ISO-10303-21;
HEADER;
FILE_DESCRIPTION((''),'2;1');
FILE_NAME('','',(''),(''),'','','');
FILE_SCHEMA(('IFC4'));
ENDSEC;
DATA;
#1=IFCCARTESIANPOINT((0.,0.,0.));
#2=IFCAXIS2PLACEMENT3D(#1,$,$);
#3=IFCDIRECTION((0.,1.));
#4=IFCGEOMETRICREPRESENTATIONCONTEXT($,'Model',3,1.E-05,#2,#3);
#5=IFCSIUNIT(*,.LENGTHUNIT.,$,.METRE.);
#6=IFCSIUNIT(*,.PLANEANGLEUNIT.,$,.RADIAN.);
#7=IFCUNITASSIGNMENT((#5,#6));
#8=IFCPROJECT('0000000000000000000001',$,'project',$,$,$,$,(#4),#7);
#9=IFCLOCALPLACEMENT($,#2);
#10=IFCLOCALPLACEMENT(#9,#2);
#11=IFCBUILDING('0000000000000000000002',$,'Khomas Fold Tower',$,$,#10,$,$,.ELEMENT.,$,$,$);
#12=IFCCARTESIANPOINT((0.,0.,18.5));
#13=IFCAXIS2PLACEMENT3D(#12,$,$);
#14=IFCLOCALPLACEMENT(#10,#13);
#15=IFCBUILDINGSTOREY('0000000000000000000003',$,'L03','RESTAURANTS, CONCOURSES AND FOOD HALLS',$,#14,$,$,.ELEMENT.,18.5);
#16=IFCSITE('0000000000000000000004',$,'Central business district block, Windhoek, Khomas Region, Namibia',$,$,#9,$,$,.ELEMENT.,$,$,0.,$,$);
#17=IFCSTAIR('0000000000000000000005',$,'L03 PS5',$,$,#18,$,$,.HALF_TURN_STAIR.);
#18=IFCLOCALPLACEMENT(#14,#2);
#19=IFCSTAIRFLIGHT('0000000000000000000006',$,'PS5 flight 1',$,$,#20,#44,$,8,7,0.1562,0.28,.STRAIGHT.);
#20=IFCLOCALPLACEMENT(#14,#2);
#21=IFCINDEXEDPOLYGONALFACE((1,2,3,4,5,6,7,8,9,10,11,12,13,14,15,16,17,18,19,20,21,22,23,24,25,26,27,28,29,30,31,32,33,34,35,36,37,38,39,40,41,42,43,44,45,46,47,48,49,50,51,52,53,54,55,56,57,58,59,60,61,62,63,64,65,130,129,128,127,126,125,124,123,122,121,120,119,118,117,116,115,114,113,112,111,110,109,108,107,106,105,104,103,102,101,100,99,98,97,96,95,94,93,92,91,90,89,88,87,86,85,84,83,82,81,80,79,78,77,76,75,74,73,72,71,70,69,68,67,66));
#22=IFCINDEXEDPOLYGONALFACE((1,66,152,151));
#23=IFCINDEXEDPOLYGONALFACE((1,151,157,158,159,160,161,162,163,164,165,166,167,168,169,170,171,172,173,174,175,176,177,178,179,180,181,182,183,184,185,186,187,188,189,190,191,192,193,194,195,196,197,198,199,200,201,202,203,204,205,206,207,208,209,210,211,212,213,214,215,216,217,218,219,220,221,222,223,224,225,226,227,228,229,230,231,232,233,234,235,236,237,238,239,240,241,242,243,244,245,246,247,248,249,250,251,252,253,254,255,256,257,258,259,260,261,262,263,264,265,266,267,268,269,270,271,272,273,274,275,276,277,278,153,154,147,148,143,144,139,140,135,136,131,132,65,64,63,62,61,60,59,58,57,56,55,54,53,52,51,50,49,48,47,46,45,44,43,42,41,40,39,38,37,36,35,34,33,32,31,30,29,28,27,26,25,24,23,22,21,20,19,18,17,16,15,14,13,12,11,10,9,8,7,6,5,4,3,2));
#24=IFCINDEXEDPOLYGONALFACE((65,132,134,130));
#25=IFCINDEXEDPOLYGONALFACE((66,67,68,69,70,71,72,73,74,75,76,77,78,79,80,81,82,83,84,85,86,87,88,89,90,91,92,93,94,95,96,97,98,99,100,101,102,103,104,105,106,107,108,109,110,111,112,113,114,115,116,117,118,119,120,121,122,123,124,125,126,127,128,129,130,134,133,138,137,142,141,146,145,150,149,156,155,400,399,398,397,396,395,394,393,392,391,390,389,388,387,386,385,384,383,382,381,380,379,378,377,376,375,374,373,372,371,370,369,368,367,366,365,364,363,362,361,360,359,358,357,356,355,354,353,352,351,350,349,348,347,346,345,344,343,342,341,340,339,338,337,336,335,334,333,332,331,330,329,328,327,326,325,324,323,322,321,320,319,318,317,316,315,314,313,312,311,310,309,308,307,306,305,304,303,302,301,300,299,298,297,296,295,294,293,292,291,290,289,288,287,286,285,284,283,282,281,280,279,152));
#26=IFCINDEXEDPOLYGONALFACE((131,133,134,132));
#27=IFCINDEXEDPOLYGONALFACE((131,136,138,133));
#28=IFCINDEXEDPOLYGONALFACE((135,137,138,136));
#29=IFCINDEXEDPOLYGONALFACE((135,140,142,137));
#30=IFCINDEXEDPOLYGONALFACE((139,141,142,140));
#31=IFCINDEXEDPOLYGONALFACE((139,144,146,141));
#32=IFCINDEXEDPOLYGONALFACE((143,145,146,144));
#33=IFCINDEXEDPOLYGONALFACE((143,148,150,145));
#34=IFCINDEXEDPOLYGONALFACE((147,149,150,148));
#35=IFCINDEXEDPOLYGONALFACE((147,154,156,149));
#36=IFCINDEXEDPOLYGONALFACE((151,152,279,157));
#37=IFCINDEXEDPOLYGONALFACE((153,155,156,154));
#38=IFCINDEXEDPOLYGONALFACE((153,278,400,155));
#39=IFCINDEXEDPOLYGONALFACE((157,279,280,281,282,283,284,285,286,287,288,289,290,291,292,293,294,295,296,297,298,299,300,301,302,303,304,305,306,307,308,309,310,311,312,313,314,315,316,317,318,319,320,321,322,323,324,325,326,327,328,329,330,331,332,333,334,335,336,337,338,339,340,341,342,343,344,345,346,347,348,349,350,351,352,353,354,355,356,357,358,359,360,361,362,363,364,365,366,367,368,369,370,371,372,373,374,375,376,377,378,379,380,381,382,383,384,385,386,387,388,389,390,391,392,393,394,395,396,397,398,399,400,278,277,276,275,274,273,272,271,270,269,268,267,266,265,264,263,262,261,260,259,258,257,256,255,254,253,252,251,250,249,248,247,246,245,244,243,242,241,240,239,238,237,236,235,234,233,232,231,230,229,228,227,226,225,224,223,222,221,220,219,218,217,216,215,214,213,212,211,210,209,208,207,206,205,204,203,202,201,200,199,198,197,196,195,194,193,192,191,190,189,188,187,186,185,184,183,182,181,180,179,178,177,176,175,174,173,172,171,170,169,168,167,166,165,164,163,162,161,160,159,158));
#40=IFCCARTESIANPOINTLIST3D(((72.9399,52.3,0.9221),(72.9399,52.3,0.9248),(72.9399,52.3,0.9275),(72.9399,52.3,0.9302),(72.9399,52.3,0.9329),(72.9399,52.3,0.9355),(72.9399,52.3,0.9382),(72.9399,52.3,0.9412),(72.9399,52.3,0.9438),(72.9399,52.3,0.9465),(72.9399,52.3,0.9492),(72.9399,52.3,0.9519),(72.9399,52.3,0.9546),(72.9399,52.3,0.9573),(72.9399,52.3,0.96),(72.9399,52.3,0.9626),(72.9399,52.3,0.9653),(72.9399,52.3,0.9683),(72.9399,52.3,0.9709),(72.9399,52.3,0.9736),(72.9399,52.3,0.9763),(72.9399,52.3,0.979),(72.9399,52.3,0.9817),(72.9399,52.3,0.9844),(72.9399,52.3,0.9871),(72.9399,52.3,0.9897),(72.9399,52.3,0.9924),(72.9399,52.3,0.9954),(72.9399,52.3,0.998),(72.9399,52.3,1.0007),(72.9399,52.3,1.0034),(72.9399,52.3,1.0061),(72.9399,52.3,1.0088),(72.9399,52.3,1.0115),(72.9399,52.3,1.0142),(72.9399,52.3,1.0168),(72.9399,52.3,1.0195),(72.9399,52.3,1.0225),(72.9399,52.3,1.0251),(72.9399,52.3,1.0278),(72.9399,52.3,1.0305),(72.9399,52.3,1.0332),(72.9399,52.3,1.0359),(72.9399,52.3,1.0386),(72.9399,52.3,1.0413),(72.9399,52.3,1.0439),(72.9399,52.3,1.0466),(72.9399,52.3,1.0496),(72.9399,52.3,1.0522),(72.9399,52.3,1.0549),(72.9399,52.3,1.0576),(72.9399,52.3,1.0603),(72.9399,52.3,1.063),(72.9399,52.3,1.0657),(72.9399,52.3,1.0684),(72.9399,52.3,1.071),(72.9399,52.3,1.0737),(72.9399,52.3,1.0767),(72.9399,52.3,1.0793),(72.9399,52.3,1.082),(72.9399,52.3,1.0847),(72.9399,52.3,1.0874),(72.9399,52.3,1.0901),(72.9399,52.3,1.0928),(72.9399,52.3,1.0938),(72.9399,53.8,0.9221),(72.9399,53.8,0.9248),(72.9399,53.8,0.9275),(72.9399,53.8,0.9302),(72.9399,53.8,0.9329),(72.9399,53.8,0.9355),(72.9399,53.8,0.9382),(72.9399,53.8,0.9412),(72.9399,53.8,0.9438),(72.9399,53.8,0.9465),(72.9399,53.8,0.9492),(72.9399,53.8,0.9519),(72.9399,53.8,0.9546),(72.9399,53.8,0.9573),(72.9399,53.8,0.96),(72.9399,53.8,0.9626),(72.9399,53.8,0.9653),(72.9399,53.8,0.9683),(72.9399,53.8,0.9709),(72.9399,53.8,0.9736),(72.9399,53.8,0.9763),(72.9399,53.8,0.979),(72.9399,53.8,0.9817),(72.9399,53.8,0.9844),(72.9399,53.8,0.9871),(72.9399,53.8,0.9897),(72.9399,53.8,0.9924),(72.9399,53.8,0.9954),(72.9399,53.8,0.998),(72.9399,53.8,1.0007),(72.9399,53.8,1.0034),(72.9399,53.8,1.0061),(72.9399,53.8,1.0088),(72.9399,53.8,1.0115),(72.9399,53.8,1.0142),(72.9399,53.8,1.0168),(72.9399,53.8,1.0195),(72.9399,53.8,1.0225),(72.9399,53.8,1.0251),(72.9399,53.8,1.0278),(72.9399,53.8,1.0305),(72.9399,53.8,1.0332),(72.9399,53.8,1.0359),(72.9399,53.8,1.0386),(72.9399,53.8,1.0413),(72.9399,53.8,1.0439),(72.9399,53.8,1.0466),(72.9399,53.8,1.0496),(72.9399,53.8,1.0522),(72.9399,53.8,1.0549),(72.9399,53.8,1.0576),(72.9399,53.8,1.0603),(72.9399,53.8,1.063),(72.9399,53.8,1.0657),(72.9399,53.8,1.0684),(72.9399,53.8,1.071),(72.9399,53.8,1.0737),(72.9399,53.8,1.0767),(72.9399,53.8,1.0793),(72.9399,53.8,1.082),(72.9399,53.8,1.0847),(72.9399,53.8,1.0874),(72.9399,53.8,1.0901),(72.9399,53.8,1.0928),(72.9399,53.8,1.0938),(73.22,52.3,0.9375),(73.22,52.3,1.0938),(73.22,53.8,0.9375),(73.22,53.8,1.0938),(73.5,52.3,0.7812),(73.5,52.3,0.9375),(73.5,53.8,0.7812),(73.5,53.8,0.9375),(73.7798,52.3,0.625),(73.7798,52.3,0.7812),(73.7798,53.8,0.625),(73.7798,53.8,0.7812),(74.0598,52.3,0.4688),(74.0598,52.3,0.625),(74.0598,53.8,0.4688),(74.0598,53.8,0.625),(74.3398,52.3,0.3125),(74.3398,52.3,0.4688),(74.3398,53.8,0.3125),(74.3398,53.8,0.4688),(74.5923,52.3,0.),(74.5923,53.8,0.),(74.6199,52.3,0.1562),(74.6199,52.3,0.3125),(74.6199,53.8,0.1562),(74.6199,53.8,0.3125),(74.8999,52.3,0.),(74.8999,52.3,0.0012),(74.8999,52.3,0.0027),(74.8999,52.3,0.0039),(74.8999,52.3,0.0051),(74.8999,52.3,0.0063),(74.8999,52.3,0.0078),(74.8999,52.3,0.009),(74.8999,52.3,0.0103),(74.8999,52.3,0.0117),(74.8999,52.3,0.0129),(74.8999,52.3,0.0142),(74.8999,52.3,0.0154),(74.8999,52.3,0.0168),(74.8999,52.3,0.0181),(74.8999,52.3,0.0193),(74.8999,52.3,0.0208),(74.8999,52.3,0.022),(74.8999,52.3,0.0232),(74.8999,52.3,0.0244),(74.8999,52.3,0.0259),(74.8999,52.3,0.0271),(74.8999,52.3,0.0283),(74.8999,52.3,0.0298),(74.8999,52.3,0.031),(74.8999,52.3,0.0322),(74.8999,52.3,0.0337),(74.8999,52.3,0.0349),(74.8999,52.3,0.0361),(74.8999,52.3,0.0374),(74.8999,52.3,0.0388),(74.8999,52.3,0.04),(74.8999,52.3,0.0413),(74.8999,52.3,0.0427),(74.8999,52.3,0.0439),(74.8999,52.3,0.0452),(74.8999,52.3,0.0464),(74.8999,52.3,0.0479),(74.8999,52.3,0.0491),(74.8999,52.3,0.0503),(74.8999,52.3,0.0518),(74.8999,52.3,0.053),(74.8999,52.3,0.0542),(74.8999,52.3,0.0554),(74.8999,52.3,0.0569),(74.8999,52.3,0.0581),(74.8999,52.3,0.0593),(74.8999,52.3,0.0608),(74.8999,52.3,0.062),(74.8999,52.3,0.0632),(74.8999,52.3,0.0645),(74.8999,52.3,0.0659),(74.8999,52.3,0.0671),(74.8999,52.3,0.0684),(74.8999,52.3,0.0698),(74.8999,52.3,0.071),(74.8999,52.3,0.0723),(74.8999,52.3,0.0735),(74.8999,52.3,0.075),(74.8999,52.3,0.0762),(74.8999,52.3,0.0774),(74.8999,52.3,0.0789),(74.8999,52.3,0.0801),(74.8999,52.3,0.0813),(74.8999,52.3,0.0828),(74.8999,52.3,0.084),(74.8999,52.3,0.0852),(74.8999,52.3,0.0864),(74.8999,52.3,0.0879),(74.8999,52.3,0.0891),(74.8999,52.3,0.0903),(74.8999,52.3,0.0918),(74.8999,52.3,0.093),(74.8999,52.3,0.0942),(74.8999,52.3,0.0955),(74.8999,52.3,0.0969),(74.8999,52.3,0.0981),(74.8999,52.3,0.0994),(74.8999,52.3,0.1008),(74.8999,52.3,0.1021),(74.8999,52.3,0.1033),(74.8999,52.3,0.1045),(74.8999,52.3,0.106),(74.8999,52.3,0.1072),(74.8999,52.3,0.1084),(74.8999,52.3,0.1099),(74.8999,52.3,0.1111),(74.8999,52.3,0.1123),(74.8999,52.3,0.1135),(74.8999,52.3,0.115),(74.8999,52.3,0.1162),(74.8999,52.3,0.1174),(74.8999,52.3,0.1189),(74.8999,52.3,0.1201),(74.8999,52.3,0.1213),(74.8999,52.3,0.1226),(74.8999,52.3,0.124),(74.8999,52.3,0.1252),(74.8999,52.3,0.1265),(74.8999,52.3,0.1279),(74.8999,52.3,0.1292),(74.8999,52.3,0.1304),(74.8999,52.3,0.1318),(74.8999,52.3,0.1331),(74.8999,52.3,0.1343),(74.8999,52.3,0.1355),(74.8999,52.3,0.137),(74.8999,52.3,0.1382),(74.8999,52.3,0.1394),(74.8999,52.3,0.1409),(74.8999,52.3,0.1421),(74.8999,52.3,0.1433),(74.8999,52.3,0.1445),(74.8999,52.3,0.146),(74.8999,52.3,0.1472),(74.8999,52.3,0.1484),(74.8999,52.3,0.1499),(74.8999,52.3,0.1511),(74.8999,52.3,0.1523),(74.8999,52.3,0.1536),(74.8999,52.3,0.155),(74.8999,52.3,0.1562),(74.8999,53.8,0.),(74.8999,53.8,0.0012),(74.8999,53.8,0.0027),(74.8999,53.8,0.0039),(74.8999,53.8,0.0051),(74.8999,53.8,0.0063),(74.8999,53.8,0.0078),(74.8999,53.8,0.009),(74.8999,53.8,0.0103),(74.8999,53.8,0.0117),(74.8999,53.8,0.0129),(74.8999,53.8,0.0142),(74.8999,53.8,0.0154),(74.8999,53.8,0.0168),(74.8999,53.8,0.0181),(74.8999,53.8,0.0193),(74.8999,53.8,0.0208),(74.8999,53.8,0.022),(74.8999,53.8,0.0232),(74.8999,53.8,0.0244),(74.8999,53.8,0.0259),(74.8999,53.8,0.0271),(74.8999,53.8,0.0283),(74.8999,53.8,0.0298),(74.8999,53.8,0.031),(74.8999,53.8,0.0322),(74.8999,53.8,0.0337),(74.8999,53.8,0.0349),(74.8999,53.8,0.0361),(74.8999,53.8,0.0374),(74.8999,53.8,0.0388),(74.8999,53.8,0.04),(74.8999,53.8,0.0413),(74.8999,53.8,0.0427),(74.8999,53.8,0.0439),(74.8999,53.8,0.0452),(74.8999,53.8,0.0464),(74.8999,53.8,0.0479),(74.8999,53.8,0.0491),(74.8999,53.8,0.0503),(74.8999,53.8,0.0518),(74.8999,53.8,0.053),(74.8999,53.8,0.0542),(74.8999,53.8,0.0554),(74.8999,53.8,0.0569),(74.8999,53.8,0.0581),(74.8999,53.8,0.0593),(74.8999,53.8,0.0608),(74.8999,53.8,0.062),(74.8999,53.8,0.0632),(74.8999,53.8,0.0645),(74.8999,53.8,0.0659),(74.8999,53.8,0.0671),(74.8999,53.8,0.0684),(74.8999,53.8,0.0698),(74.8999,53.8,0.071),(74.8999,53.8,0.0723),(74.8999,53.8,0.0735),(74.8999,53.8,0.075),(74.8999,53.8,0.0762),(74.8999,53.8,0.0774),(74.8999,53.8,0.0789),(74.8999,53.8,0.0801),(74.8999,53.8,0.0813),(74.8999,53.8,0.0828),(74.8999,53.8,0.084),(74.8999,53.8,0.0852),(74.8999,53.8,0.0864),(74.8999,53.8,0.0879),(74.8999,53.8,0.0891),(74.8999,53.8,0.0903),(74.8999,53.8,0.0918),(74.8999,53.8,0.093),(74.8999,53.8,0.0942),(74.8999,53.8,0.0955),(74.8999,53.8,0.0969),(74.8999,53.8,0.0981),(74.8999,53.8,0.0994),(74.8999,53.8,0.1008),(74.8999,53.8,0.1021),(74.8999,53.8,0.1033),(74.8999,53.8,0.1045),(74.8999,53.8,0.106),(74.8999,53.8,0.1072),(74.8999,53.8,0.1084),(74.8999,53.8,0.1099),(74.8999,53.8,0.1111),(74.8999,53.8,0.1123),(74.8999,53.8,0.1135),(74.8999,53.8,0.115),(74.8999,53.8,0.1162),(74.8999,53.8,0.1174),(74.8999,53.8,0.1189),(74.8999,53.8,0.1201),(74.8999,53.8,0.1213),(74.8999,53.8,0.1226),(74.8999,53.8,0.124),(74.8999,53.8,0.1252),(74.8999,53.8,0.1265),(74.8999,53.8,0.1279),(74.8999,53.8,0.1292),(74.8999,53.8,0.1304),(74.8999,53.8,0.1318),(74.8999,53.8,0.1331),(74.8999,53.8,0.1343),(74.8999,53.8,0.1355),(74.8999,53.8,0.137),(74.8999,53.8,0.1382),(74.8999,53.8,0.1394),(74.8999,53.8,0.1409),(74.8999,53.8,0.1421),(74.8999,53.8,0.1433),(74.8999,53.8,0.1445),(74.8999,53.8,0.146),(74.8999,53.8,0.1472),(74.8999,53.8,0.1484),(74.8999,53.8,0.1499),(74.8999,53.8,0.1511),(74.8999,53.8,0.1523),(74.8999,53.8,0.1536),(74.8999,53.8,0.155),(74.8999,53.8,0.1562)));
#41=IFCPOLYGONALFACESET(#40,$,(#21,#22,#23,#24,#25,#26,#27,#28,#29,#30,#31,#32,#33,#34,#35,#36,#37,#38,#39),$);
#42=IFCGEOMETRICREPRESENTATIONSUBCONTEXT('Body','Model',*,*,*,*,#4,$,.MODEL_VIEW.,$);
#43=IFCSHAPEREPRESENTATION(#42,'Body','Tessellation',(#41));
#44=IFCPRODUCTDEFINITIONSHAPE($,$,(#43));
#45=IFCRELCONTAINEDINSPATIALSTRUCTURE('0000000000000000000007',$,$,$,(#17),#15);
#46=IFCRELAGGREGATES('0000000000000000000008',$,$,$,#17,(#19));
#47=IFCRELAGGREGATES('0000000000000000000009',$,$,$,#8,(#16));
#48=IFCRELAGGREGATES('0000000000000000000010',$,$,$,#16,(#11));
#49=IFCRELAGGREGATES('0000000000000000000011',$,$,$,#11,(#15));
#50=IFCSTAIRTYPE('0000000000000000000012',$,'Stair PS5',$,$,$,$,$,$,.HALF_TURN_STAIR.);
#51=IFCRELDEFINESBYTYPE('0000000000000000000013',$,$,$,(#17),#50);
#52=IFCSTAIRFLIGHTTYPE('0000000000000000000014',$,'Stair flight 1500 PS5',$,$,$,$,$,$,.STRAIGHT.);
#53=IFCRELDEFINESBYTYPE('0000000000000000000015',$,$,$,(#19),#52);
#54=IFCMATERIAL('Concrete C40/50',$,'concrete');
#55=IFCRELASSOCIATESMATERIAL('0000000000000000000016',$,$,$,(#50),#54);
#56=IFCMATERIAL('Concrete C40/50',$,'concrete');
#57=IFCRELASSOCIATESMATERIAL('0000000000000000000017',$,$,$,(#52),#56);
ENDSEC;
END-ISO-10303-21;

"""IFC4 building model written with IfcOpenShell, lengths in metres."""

from ifc_helpers import new_model, si_unit, direction, frame, origin, place, context, subcontext, project, spatial, polyline, outline, extrude, source, transform, mapped, material, type_object, element, aggregate, save


model = new_model("IFC4")

# Units and contexts
model_context = context("Model", 3, precision=1e-05, world=origin(), true_north=direction((0.0, 1.0)))
body_context = subcontext(model_context, "Body", "Model", "MODEL_VIEW")
ifc_project = project(units=[si_unit("LENGTHUNIT", "METRE"), si_unit("PLANEANGLEUNIT", "RADIAN")], contexts=[model_context])

# Site, building, storey
site_placement = place(None, origin())
site = spatial("IfcSite", under=ifc_project, at=site_placement, Name="Central business district block, Windhoek, Khomas Region, Namibia", CompositionType="ELEMENT", RefElevation=0.0)
building_placement = place(site_placement, origin())
building = spatial("IfcBuilding", under=site, at=building_placement, Name="Khomas Fold Tower", CompositionType="ELEMENT")
storey_placement = place(building_placement, frame((0.0, 0.0, 18.5)))
storey = spatial("IfcBuildingStorey", under=building, at=storey_placement, Name="L03", Description="RESTAURANTS, CONCOURSES AND FOOD HALLS", CompositionType="ELEMENT", Elevation=18.5)

# Stair, stair flight
ifc_material_1 = material(Name="Concrete C40/50", Category="concrete")
stair_type = type_object("IfcStairType", Name="Stair PS5", PredefinedType="HALF_TURN_STAIR", material=ifc_material_1)
stair_placement = place(storey_placement, origin())
stair = element("IfcStair", 1, at=stair_placement, inside=storey, type_object=stair_type, Name="L03 PS5", PredefinedType="HALF_TURN_STAIR")
ifc_material_2 = material(Name="Concrete C40/50", Category="concrete")
stair_flight_type = type_object("IfcStairFlightType", Name="Stair flight 1500 PS5", PredefinedType="STRAIGHT", material=ifc_material_2)
shared_shape_1 = source(origin(), body_context, "Body", "SweptSolid", [
    extrude(outline(polyline([(0.0, 0.0), (0.0, 0.0012), (0.0, 0.0027), (0.0, 0.0039), (0.0, 0.0051), (0.0, 0.0063), (0.0, 0.0078), (0.0, 0.009), (0.0, 0.0103), (0.0, 0.0117), (0.0, 0.0129), (0.0, 0.0142), (0.0, 0.0154), (0.0, 0.0168), (0.0, 0.0181), (0.0, 0.0193), (0.0, 0.0208), (0.0, 0.022), (0.0, 0.0232), (0.0, 0.0244), (0.0, 0.0259), (0.0, 0.0271), (0.0, 0.0283), (0.0, 0.0298), (0.0, 0.031), (0.0, 0.0322), (0.0, 0.0337), (0.0, 0.0349), (0.0, 0.0361), (0.0, 0.0374), (0.0, 0.0388), (0.0, 0.04), (0.0, 0.0413), (0.0, 0.0427), (0.0, 0.0439), (0.0, 0.0452), (0.0, 0.0464), (0.0, 0.0479), (0.0, 0.0491), (0.0, 0.0503), (0.0, 0.0518), (0.0, 0.053), (0.0, 0.0542), (0.0, 0.0554), (0.0, 0.0569), (0.0, 0.0581), (0.0, 0.0593), (0.0, 0.0608), (0.0, 0.062), (0.0, 0.0632), (0.0, 0.0645), (0.0, 0.0659), (0.0, 0.0671), (0.0, 0.0684), (0.0, 0.0698), (0.0, 0.071), (0.0, 0.0723), (0.0, 0.0735), (0.0, 0.075), (0.0, 0.0762), (0.0, 0.0774), (0.0, 0.0789), (0.0, 0.0801), (0.0, 0.0813), (0.0, 0.0828), (0.0, 0.084), (0.0, 0.0852), (0.0, 0.0864), (0.0, 0.0879), (0.0, 0.0891), (0.0, 0.0903), (0.0, 0.0918), (0.0, 0.093), (0.0, 0.0942), (0.0, 0.0955), (0.0, 0.0969), (0.0, 0.0981), (0.0, 0.0994), (0.0, 0.1008), (0.0, 0.1021), (0.0, 0.1033), (0.0, 0.1045), (0.0, 0.106), (0.0, 0.1072), (0.0, 0.1084), (0.0, 0.1099), (0.0, 0.1111), (0.0, 0.1123), (0.0, 0.1135), (0.0, 0.115), (0.0, 0.1162), (0.0, 0.1174), (0.0, 0.1189), (0.0, 0.1201), (0.0, 0.1213), (0.0, 0.1226), (0.0, 0.124), (0.0, 0.1252), (0.0, 0.1265), (0.0, 0.1279), (0.0, 0.1292), (0.0, 0.1304), (0.0, 0.1318), (0.0, 0.1331), (0.0, 0.1343), (0.0, 0.1355), (0.0, 0.137), (0.0, 0.1382), (0.0, 0.1394), (0.0, 0.1409), (0.0, 0.1421), (0.0, 0.1433), (0.0, 0.1445), (0.0, 0.146), (0.0, 0.1472), (0.0, 0.1484), (0.0, 0.1499), (0.0, 0.1511), (0.0, 0.1523), (0.0, 0.1536), (0.0, 0.155), (0.0, 0.1562), (0.28, 0.1562), (0.28, 0.3125), (0.5601, 0.3125), (0.5601, 0.4688), (0.8401, 0.4688), (0.8401, 0.625), (1.1201, 0.625), (1.1201, 0.7812), (1.3999, 0.7812), (1.3999, 0.9375), (1.6799, 0.9375), (1.6799, 1.0938), (1.96, 1.0938), (1.96, 1.25), (1.96, 1.2473), (1.96, 1.2446), (1.96, 1.2419), (1.96, 1.2393), (1.96, 1.2363), (1.96, 1.2336), (1.96, 1.231), (1.96, 1.2283), (1.96, 1.2256), (1.96, 1.2229), (1.96, 1.2202), (1.96, 1.2175), (1.96, 1.2148), (1.96, 1.2122), (1.96, 1.2092), (1.96, 1.2065), (1.96, 1.2039), (1.96, 1.2012), (1.96, 1.1985), (1.96, 1.1958), (1.96, 1.1931), (1.96, 1.1904), (1.96, 1.1877), (1.96, 1.1851), (1.96, 1.1821), (1.96, 1.1794), (1.96, 1.1768), (1.96, 1.1741), (1.96, 1.1714), (1.96, 1.1687), (1.96, 1.166), (1.96, 1.1633), (1.96, 1.1606), (1.96, 1.158), (1.96, 1.155), (1.96, 1.1523), (1.96, 1.1497), (1.96, 1.147), (1.96, 1.1443), (1.96, 1.1416), (1.96, 1.1389), (1.96, 1.1362), (1.96, 1.1335), (1.96, 1.1309), (1.96, 1.1279), (1.96, 1.1252), (1.96, 1.1226), (1.96, 1.1199), (1.96, 1.1172), (1.96, 1.1145), (1.96, 1.1118), (1.96, 1.1091), (1.96, 1.1064), (1.96, 1.1038), (1.96, 1.1008), (1.96, 1.0981), (1.96, 1.0955), (1.96, 1.0928), (1.96, 1.0901), (1.96, 1.0874), (1.96, 1.0847), (1.96, 1.082), (1.96, 1.0793), (1.96, 1.0767), (1.96, 1.0737), (1.96, 1.071), (1.96, 1.0684), (1.96, 1.0657), (1.96, 1.063), (1.96, 1.0603), (1.96, 1.0576), (1.96, 1.0549), (1.96, 1.0522), (1.96, 1.0496), (1.96, 1.0466), (1.96, 1.0439), (1.96, 1.0413), (1.96, 1.0386), (1.96, 1.0359), (1.96, 1.0332), (1.96, 1.0305), (1.96, 1.0278), (1.96, 1.0251), (1.96, 1.0225), (1.96, 1.0195), (1.96, 1.0168), (1.96, 1.0142), (1.96, 1.0115), (1.96, 1.0088), (1.96, 1.0061), (1.96, 1.0034), (1.96, 1.0007), (1.96, 0.998), (1.96, 0.9954), (1.96, 0.9924), (1.96, 0.9897), (1.96, 0.9871), (1.96, 0.9844), (1.96, 0.9817), (1.96, 0.979), (1.96, 0.9763), (1.96, 0.9736), (1.96, 0.9709), (1.96, 0.9683), (1.96, 0.9653), (1.96, 0.9626), (1.96, 0.96), (1.96, 0.9573), (1.96, 0.9546), (1.96, 0.9519), (1.96, 0.9492), (1.96, 0.9465), (1.96, 0.9438), (1.96, 0.9412), (1.96, 0.9382), (1.96, 0.9355), (1.96, 0.9329), (1.96, 0.9302), (1.96, 0.9275), (1.96, 0.9248), (1.96, 0.9221), (0.3076, 0.0), (0.0, 0.0)])), frame((0.0, 0.75, 0.0), z_axis=(0.0, -1.0, 0.0), x_axis=(1.0, 0.0, 0.0)), (0.0, 0.0, 1.0), 1.5),
])
stair_flight_1_placement = place(storey_placement, frame((74.8999, 53.05, 0.0), z_axis=(0.0, 0.0, 1.0), x_axis=(-1.0, 0.0, 0.0)))
stair_flight_1 = element("IfcStairFlight", 2, at=stair_flight_1_placement, type_object=stair_flight_type, Name="PS5 flight 1", NumberOfRisers=8, NumberOfTreads=7, PredefinedType="STRAIGHT", RiserHeight=0.1562, TreadLength=0.28, context=body_context, shape_type="MappedRepresentation", body=[
    mapped(shared_shape_1, transform((0.0, 0.0, 0.0))),
])
aggregate(stair, [stair_flight_1])

save(model, "model.ifc")
